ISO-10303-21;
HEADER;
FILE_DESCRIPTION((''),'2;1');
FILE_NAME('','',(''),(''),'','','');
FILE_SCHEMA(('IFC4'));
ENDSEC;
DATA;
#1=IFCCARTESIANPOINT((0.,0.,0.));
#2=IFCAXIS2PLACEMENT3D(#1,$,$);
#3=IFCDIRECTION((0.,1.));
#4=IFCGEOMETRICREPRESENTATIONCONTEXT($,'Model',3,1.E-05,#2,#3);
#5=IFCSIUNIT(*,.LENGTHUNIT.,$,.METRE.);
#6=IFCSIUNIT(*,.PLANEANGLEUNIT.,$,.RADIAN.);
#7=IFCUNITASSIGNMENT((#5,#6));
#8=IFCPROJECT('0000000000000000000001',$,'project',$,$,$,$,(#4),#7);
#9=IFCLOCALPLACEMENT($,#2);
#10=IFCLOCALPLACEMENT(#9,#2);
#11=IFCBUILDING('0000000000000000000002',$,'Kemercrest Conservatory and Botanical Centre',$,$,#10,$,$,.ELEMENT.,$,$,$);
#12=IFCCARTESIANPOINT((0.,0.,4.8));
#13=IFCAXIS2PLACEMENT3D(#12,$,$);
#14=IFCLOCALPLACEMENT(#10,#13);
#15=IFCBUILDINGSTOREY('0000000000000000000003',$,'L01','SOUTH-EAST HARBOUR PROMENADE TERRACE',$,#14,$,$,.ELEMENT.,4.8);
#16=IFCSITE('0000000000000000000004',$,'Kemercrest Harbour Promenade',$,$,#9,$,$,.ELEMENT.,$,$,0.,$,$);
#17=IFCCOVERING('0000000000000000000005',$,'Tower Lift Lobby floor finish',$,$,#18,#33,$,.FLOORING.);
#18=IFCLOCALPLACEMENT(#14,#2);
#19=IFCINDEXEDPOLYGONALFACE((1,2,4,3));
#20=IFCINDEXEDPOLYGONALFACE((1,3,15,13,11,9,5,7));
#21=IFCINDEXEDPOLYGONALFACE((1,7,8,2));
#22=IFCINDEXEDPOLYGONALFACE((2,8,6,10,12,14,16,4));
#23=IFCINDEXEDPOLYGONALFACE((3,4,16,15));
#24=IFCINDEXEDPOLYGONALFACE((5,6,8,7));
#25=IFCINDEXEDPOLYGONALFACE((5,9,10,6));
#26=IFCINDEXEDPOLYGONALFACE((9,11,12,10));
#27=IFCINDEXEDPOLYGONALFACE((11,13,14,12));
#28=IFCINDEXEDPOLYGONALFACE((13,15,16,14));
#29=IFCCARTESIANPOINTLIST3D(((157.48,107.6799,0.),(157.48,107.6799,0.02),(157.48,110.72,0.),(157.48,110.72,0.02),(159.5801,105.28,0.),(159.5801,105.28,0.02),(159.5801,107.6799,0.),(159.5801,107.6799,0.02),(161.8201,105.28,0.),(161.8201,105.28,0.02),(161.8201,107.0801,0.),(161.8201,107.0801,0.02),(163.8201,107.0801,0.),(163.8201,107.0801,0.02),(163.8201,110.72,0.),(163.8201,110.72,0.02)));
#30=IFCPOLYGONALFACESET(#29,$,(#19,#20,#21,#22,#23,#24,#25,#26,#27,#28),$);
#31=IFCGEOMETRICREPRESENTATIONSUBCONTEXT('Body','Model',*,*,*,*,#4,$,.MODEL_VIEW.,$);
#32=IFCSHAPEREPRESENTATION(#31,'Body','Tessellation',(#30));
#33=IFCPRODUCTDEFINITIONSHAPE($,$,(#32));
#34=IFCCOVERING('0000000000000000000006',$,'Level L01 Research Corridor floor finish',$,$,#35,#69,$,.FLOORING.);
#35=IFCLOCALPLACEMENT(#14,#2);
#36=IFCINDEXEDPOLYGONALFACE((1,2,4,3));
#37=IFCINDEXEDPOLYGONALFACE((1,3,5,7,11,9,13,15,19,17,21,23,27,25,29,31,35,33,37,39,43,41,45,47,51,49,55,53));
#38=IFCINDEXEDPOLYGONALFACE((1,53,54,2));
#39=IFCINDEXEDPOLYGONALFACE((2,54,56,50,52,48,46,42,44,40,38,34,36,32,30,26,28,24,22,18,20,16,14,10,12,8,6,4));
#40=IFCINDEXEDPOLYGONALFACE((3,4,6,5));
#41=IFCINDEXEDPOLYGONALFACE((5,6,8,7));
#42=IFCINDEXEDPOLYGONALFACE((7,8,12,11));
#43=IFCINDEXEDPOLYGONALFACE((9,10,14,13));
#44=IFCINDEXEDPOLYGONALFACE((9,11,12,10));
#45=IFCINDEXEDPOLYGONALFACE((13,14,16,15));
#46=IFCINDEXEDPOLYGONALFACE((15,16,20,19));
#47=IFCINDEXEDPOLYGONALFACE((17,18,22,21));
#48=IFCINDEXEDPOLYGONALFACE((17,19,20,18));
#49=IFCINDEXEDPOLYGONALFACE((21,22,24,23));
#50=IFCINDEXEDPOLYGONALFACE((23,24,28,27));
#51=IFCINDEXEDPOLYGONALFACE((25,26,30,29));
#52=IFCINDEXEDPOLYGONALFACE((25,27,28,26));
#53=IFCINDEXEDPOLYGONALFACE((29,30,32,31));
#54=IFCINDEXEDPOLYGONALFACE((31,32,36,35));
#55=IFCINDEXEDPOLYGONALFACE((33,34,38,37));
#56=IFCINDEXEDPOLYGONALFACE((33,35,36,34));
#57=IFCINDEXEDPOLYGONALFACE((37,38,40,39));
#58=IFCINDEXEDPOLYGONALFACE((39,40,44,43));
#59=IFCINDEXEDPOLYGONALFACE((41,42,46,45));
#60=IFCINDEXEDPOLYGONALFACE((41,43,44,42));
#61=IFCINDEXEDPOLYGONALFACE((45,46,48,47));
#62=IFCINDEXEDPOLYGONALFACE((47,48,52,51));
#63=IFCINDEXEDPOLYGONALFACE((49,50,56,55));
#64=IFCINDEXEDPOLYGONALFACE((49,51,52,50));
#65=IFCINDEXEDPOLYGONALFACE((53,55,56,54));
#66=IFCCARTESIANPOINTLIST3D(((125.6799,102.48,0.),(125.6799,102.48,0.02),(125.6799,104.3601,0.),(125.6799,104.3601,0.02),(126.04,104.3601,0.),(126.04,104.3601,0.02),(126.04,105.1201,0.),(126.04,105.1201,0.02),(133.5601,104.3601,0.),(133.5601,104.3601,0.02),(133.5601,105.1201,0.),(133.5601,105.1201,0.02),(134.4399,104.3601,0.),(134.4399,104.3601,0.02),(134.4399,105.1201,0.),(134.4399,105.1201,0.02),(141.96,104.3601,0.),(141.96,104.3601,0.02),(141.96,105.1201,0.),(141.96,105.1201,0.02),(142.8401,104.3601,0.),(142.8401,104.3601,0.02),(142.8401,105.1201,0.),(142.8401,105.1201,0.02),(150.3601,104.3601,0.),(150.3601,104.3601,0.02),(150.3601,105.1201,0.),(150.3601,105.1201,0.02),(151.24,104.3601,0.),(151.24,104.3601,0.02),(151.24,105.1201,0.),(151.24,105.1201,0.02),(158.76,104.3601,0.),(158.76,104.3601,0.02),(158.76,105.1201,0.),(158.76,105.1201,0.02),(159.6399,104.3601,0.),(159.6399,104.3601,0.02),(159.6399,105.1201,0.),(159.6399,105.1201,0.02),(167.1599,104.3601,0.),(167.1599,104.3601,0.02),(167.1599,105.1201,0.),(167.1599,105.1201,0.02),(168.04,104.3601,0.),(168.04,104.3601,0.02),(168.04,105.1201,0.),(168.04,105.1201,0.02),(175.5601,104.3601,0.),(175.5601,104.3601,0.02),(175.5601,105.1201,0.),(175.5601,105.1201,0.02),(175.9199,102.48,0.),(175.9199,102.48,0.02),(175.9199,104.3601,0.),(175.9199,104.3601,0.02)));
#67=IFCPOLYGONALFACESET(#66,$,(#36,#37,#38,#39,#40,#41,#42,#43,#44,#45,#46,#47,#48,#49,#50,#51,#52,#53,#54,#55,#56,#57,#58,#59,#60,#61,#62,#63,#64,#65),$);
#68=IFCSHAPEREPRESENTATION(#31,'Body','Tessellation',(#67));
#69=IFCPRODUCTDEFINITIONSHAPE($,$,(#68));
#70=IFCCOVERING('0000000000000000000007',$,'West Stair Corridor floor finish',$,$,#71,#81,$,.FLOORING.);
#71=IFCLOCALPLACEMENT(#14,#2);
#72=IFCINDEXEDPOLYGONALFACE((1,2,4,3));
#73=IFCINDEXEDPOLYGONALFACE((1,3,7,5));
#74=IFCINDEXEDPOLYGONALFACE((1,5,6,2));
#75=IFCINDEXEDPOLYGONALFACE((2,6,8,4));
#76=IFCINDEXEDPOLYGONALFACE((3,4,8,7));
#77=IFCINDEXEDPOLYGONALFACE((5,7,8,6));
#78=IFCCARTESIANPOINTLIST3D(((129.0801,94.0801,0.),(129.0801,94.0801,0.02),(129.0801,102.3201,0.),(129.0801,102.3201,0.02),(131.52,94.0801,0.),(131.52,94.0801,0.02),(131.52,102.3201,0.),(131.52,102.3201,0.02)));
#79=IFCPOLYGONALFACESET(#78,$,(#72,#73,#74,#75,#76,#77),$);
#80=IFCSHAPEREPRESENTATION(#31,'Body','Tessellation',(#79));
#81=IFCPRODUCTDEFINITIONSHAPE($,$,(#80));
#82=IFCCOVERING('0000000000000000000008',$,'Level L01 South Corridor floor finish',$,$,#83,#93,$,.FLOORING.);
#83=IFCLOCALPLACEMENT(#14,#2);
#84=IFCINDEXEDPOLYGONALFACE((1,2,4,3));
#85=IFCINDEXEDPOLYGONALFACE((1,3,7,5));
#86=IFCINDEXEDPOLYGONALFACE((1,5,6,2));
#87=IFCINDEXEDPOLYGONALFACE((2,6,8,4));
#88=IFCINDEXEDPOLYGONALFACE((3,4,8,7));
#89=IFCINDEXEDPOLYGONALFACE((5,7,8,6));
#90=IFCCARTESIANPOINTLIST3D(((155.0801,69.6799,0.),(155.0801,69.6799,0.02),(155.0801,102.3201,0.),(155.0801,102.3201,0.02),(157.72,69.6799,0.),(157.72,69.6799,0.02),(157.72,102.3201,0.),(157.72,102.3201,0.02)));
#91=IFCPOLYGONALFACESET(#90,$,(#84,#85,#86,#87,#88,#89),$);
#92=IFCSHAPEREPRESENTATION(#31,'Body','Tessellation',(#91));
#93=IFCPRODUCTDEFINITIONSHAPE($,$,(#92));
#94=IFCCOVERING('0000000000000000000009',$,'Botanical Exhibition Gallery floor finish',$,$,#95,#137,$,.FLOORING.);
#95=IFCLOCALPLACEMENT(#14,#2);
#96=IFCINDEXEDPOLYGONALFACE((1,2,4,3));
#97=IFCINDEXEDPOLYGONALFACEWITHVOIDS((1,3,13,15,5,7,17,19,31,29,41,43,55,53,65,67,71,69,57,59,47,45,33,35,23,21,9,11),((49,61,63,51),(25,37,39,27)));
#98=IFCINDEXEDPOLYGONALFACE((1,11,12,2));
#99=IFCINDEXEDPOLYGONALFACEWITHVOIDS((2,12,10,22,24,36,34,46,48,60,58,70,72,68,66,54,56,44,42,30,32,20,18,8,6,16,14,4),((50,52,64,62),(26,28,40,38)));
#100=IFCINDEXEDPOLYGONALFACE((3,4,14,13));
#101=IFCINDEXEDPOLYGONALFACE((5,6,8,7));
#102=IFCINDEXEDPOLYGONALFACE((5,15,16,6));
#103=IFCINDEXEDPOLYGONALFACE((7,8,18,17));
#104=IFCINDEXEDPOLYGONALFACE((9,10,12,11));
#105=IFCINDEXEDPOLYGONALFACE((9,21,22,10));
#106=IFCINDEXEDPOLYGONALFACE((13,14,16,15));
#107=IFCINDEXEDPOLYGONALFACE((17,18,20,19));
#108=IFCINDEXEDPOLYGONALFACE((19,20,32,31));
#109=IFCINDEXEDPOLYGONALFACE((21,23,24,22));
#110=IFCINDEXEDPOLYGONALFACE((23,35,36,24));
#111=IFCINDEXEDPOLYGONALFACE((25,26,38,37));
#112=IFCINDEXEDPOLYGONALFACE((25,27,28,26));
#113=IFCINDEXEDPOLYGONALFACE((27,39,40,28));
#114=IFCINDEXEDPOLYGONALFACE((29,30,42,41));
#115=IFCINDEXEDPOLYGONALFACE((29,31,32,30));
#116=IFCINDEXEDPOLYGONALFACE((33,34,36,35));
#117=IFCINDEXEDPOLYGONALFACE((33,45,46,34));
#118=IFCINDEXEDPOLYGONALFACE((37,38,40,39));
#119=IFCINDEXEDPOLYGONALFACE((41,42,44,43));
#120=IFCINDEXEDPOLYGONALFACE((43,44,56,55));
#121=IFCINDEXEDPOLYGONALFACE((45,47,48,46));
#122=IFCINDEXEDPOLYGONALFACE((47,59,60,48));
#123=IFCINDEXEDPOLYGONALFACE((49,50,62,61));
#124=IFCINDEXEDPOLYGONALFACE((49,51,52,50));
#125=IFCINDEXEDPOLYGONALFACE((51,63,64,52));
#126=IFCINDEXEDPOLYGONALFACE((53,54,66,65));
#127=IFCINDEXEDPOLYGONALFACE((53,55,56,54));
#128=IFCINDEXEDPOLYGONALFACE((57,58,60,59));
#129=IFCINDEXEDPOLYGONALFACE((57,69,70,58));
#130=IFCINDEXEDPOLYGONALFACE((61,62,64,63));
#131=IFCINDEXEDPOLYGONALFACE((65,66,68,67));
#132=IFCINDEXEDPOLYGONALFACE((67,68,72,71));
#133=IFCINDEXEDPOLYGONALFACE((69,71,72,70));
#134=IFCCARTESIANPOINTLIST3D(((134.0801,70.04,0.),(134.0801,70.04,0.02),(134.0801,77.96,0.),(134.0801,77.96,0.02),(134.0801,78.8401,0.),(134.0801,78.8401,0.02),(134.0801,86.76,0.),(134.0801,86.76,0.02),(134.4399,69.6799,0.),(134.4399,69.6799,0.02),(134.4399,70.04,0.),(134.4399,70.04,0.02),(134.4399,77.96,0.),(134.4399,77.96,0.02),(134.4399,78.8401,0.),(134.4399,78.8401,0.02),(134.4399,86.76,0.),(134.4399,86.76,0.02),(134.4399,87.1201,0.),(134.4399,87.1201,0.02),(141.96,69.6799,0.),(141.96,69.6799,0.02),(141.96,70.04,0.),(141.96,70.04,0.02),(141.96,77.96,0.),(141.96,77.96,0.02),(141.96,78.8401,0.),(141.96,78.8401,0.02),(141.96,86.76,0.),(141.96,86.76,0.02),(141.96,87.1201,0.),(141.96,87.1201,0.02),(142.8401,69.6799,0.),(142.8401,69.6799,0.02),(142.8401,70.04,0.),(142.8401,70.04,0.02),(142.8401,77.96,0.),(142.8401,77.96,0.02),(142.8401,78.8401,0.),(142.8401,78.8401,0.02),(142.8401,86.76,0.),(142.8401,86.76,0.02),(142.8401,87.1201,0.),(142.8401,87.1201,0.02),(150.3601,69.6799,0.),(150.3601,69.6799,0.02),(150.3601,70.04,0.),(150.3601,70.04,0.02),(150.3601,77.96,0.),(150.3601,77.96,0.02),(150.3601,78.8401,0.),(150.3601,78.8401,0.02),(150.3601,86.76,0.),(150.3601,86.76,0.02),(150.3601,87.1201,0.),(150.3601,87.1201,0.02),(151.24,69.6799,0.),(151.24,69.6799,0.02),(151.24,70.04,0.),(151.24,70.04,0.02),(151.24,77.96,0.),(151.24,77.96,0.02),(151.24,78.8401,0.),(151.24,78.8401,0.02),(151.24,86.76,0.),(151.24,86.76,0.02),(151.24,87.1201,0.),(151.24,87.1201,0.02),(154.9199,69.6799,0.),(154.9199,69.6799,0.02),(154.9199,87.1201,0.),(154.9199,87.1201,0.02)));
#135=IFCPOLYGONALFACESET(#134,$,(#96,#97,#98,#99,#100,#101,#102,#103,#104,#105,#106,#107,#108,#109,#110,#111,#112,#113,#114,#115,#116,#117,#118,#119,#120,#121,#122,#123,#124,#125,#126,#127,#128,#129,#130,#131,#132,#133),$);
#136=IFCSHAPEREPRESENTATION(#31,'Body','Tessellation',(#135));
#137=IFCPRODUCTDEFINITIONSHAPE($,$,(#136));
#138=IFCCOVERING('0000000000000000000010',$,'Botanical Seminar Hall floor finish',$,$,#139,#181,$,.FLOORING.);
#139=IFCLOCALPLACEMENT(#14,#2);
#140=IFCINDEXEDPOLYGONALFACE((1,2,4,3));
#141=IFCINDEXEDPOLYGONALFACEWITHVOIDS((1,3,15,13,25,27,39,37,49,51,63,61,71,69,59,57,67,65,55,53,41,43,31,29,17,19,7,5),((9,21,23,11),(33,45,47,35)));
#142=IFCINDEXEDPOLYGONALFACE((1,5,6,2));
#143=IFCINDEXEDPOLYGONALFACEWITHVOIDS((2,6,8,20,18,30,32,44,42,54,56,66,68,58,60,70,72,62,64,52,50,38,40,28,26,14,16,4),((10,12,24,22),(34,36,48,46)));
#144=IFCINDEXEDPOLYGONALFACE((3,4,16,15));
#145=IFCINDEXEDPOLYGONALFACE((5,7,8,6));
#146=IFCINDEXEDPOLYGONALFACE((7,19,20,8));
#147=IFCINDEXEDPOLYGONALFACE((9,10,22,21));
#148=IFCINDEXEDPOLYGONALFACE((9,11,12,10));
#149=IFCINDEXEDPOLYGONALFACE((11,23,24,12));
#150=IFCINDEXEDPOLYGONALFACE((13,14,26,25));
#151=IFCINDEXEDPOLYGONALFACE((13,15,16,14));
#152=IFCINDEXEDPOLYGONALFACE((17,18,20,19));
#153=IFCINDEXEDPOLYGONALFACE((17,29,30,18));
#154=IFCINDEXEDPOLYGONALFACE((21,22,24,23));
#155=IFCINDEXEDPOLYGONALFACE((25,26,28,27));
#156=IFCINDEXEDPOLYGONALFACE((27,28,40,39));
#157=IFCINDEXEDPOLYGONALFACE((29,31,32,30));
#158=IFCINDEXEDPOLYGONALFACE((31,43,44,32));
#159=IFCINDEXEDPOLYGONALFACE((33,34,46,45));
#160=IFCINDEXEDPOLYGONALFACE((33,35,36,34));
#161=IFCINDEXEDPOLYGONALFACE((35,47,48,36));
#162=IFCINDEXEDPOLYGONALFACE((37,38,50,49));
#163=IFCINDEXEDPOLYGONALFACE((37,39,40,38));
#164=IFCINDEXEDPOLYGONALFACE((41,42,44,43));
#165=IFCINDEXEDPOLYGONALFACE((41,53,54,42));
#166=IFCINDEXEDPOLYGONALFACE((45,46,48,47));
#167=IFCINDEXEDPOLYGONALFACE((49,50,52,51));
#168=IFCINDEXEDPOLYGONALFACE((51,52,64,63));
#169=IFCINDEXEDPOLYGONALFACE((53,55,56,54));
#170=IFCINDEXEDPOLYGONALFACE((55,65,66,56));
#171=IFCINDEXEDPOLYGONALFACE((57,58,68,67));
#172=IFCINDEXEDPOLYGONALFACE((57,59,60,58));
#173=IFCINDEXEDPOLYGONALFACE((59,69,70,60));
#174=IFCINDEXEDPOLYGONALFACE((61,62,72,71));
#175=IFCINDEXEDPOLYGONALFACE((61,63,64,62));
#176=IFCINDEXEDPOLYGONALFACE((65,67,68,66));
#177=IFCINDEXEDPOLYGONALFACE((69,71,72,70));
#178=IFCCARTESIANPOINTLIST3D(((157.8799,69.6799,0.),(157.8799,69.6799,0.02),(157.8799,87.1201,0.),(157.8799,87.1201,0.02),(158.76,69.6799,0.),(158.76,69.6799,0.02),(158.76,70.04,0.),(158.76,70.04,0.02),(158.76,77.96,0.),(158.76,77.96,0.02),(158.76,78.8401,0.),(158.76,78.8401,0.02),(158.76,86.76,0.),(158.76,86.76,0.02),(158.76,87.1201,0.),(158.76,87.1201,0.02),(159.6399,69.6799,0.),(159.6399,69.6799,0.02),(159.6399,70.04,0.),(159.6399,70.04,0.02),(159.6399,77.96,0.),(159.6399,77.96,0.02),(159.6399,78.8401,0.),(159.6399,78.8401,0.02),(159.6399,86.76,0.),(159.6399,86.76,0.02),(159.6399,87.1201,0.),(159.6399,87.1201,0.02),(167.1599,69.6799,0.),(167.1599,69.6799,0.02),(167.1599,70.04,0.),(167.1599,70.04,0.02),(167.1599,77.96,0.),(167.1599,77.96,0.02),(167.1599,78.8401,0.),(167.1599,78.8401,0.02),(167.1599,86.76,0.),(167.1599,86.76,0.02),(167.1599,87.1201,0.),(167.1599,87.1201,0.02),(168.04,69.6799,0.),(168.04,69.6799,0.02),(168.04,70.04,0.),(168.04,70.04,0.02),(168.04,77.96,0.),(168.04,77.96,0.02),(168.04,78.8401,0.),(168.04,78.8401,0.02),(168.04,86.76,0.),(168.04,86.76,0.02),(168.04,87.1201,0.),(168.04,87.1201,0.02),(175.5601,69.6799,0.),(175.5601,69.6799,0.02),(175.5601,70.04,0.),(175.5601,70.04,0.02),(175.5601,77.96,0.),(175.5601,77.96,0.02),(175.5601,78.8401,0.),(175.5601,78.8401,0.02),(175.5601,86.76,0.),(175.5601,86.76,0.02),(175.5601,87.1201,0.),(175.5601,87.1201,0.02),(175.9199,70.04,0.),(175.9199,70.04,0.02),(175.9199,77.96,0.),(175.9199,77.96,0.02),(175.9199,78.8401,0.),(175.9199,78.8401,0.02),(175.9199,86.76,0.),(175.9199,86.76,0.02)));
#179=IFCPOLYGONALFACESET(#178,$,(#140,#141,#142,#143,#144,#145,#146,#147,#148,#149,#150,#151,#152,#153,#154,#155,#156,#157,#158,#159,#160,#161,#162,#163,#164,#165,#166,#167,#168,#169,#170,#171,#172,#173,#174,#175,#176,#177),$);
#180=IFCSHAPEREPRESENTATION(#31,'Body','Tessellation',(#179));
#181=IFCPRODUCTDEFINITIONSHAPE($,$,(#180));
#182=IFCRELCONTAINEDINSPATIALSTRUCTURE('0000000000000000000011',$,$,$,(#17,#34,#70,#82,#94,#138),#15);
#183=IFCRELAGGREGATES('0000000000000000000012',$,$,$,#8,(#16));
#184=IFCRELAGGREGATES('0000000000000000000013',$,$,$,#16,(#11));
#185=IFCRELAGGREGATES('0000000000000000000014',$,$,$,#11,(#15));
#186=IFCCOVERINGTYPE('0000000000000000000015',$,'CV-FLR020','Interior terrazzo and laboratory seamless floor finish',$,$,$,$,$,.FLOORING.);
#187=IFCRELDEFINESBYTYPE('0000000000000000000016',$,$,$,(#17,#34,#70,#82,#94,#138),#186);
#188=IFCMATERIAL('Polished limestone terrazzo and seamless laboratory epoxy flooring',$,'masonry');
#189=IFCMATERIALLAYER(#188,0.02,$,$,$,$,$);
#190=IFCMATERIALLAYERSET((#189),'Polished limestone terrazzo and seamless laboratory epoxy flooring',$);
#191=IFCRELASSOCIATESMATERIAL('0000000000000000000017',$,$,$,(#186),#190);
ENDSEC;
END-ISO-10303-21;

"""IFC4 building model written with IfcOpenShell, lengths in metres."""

from ifc_helpers import new_model, si_unit, direction, frame, origin, place, context, subcontext, project, spatial, polyline, outline, extrude, material, layer, layer_set, type_object, element, save


model = new_model("IFC4")

# Units and contexts
model_context = context("Model", 3, precision=1e-05, world=origin(), true_north=direction((0.0, 1.0)))
body_context = subcontext(model_context, "Body", "Model", "MODEL_VIEW")
ifc_project = project(units=[si_unit("LENGTHUNIT", "METRE"), si_unit("PLANEANGLEUNIT", "RADIAN")], contexts=[model_context])

# Site, building, storey
site_placement = place(None, origin())
site = spatial("IfcSite", under=ifc_project, at=site_placement, Name="Kemercrest Harbour Promenade", CompositionType="ELEMENT", RefElevation=0.0)
building_placement = place(site_placement, origin())
building = spatial("IfcBuilding", under=site, at=building_placement, Name="Kemercrest Conservatory and Botanical Centre", CompositionType="ELEMENT")
storey_placement = place(building_placement, frame((0.0, 0.0, 4.8)))
storey = spatial("IfcBuildingStorey", under=building, at=storey_placement, Name="L01", Description="SOUTH-EAST HARBOUR PROMENADE TERRACE", CompositionType="ELEMENT", Elevation=4.8)

# Coverings
ifc_material = material(Name="Polished limestone terrazzo and seamless laboratory epoxy flooring", Category="masonry")
ifc_layer = layer(ifc_material, 0.02)
ifc_layer_set = layer_set([ifc_layer], Name="Polished limestone terrazzo and seamless laboratory epoxy flooring")
covering_type = type_object("IfcCoveringType", Name="CV-FLR020", Description="Interior terrazzo and laboratory seamless floor finish", PredefinedType="FLOORING", material=ifc_layer_set)
covering_1_placement = place(storey_placement, origin())
element("IfcCovering", 1, at=covering_1_placement, inside=storey, type_object=covering_type, Name="Tower Lift Lobby floor finish", PredefinedType="FLOORING", context=body_context, shape_type="SweptSolid", body=[
    extrude(outline(polyline([(159.5801, 107.6799), (159.5801, 105.28), (161.8201, 105.28), (161.8201, 107.0801), (163.8201, 107.0801), (163.8201, 110.72), (157.48, 110.72), (157.48, 107.6799), (159.5801, 107.6799)])), origin(), (0.0, 0.0, 1.0), 0.02),
])
covering_2_placement = place(storey_placement, origin())
element("IfcCovering", 2, at=covering_2_placement, inside=storey, type_object=covering_type, Name="Level L01 Research Corridor floor finish", PredefinedType="FLOORING", context=body_context, shape_type="SweptSolid", body=[
    extrude(outline(polyline([(125.6799, 102.48), (175.9199, 102.48), (175.9199, 104.3601), (175.5601, 104.3601), (175.5601, 105.1201), (168.04, 105.1201), (168.04, 104.3601), (167.1599, 104.3601), (167.1599, 105.1201), (159.6399, 105.1201), (159.6399, 104.3601), (158.76, 104.3601), (158.76, 105.1201), (151.24, 105.1201), (151.24, 104.3601), (150.3601, 104.3601), (150.3601, 105.1201), (142.8401, 105.1201), (142.8401, 104.3601), (141.96, 104.3601), (141.96, 105.1201), (134.4399, 105.1201), (134.4399, 104.3601), (133.5601, 104.3601), (133.5601, 105.1201), (126.04, 105.1201), (126.04, 104.3601), (125.6799, 104.3601), (125.6799, 102.48)])), origin(), (0.0, 0.0, 1.0), 0.02),
])
covering_3_placement = place(storey_placement, origin())
element("IfcCovering", 3, at=covering_3_placement, inside=storey, type_object=covering_type, Name="West Stair Corridor floor finish", PredefinedType="FLOORING", context=body_context, shape_type="SweptSolid", body=[
    extrude(outline(polyline([(129.0801, 94.0801), (131.52, 94.0801), (131.52, 102.3201), (129.0801, 102.3201), (129.0801, 94.0801)])), origin(), (0.0, 0.0, 1.0), 0.02),
])
covering_4_placement = place(storey_placement, origin())
element("IfcCovering", 4, at=covering_4_placement, inside=storey, type_object=covering_type, Name="Level L01 South Corridor floor finish", PredefinedType="FLOORING", context=body_context, shape_type="SweptSolid", body=[
    extrude(outline(polyline([(155.0801, 69.6799), (157.72, 69.6799), (157.72, 102.3201), (155.0801, 102.3201), (155.0801, 69.6799)])), origin(), (0.0, 0.0, 1.0), 0.02),
])
covering_5_placement = place(storey_placement, origin())
element("IfcCovering", 5, at=covering_5_placement, inside=storey, type_object=covering_type, Name="Botanical Exhibition Gallery floor finish", PredefinedType="FLOORING", context=body_context, shape_type="SweptSolid", body=[
    extrude(outline(polyline([(150.3601, 70.04), (151.24, 70.04), (151.24, 69.6799), (154.9199, 69.6799), (154.9199, 87.1201), (151.24, 87.1201), (151.24, 86.76), (150.3601, 86.76), (150.3601, 87.1201), (142.8401, 87.1201), (142.8401, 86.76), (141.96, 86.76), (141.96, 87.1201), (134.4399, 87.1201), (134.4399, 86.76), (134.0801, 86.76), (134.0801, 78.8401), (134.4399, 78.8401), (134.4399, 77.96), (134.0801, 77.96), (134.0801, 70.04), (134.4399, 70.04), (134.4399, 69.6799), (141.96, 69.6799), (141.96, 70.04), (142.8401, 70.04), (142.8401, 69.6799), (150.3601, 69.6799), (150.3601, 70.04)]), holes=[polyline([(150.3601, 77.96), (150.3601, 78.8401), (151.24, 78.8401), (151.24, 77.96), (150.3601, 77.96)]), polyline([(141.96, 77.96), (141.96, 78.8401), (142.8401, 78.8401), (142.8401, 77.96), (141.96, 77.96)])]), origin(), (0.0, 0.0, 1.0), 0.02),
])
covering_6_placement = place(storey_placement, origin())
element("IfcCovering", 6, at=covering_6_placement, inside=storey, type_object=covering_type, Name="Botanical Seminar Hall floor finish", PredefinedType="FLOORING", context=body_context, shape_type="SweptSolid", body=[
    extrude(outline(polyline([(167.1599, 70.04), (168.04, 70.04), (168.04, 69.6799), (175.5601, 69.6799), (175.5601, 70.04), (175.9199, 70.04), (175.9199, 77.96), (175.5601, 77.96), (175.5601, 78.8401), (175.9199, 78.8401), (175.9199, 86.76), (175.5601, 86.76), (175.5601, 87.1201), (168.04, 87.1201), (168.04, 86.76), (167.1599, 86.76), (167.1599, 87.1201), (159.6399, 87.1201), (159.6399, 86.76), (158.76, 86.76), (158.76, 87.1201), (157.8799, 87.1201), (157.8799, 69.6799), (158.76, 69.6799), (158.76, 70.04), (159.6399, 70.04), (159.6399, 69.6799), (167.1599, 69.6799), (167.1599, 70.04)]), holes=[polyline([(167.1599, 77.96), (167.1599, 78.8401), (168.04, 78.8401), (168.04, 77.96), (167.1599, 77.96)]), polyline([(159.6399, 77.96), (158.76, 77.96), (158.76, 78.8401), (159.6399, 78.8401), (159.6399, 77.96)])]), origin(), (0.0, 0.0, 1.0), 0.02),
])

save(model, "model.ifc")
